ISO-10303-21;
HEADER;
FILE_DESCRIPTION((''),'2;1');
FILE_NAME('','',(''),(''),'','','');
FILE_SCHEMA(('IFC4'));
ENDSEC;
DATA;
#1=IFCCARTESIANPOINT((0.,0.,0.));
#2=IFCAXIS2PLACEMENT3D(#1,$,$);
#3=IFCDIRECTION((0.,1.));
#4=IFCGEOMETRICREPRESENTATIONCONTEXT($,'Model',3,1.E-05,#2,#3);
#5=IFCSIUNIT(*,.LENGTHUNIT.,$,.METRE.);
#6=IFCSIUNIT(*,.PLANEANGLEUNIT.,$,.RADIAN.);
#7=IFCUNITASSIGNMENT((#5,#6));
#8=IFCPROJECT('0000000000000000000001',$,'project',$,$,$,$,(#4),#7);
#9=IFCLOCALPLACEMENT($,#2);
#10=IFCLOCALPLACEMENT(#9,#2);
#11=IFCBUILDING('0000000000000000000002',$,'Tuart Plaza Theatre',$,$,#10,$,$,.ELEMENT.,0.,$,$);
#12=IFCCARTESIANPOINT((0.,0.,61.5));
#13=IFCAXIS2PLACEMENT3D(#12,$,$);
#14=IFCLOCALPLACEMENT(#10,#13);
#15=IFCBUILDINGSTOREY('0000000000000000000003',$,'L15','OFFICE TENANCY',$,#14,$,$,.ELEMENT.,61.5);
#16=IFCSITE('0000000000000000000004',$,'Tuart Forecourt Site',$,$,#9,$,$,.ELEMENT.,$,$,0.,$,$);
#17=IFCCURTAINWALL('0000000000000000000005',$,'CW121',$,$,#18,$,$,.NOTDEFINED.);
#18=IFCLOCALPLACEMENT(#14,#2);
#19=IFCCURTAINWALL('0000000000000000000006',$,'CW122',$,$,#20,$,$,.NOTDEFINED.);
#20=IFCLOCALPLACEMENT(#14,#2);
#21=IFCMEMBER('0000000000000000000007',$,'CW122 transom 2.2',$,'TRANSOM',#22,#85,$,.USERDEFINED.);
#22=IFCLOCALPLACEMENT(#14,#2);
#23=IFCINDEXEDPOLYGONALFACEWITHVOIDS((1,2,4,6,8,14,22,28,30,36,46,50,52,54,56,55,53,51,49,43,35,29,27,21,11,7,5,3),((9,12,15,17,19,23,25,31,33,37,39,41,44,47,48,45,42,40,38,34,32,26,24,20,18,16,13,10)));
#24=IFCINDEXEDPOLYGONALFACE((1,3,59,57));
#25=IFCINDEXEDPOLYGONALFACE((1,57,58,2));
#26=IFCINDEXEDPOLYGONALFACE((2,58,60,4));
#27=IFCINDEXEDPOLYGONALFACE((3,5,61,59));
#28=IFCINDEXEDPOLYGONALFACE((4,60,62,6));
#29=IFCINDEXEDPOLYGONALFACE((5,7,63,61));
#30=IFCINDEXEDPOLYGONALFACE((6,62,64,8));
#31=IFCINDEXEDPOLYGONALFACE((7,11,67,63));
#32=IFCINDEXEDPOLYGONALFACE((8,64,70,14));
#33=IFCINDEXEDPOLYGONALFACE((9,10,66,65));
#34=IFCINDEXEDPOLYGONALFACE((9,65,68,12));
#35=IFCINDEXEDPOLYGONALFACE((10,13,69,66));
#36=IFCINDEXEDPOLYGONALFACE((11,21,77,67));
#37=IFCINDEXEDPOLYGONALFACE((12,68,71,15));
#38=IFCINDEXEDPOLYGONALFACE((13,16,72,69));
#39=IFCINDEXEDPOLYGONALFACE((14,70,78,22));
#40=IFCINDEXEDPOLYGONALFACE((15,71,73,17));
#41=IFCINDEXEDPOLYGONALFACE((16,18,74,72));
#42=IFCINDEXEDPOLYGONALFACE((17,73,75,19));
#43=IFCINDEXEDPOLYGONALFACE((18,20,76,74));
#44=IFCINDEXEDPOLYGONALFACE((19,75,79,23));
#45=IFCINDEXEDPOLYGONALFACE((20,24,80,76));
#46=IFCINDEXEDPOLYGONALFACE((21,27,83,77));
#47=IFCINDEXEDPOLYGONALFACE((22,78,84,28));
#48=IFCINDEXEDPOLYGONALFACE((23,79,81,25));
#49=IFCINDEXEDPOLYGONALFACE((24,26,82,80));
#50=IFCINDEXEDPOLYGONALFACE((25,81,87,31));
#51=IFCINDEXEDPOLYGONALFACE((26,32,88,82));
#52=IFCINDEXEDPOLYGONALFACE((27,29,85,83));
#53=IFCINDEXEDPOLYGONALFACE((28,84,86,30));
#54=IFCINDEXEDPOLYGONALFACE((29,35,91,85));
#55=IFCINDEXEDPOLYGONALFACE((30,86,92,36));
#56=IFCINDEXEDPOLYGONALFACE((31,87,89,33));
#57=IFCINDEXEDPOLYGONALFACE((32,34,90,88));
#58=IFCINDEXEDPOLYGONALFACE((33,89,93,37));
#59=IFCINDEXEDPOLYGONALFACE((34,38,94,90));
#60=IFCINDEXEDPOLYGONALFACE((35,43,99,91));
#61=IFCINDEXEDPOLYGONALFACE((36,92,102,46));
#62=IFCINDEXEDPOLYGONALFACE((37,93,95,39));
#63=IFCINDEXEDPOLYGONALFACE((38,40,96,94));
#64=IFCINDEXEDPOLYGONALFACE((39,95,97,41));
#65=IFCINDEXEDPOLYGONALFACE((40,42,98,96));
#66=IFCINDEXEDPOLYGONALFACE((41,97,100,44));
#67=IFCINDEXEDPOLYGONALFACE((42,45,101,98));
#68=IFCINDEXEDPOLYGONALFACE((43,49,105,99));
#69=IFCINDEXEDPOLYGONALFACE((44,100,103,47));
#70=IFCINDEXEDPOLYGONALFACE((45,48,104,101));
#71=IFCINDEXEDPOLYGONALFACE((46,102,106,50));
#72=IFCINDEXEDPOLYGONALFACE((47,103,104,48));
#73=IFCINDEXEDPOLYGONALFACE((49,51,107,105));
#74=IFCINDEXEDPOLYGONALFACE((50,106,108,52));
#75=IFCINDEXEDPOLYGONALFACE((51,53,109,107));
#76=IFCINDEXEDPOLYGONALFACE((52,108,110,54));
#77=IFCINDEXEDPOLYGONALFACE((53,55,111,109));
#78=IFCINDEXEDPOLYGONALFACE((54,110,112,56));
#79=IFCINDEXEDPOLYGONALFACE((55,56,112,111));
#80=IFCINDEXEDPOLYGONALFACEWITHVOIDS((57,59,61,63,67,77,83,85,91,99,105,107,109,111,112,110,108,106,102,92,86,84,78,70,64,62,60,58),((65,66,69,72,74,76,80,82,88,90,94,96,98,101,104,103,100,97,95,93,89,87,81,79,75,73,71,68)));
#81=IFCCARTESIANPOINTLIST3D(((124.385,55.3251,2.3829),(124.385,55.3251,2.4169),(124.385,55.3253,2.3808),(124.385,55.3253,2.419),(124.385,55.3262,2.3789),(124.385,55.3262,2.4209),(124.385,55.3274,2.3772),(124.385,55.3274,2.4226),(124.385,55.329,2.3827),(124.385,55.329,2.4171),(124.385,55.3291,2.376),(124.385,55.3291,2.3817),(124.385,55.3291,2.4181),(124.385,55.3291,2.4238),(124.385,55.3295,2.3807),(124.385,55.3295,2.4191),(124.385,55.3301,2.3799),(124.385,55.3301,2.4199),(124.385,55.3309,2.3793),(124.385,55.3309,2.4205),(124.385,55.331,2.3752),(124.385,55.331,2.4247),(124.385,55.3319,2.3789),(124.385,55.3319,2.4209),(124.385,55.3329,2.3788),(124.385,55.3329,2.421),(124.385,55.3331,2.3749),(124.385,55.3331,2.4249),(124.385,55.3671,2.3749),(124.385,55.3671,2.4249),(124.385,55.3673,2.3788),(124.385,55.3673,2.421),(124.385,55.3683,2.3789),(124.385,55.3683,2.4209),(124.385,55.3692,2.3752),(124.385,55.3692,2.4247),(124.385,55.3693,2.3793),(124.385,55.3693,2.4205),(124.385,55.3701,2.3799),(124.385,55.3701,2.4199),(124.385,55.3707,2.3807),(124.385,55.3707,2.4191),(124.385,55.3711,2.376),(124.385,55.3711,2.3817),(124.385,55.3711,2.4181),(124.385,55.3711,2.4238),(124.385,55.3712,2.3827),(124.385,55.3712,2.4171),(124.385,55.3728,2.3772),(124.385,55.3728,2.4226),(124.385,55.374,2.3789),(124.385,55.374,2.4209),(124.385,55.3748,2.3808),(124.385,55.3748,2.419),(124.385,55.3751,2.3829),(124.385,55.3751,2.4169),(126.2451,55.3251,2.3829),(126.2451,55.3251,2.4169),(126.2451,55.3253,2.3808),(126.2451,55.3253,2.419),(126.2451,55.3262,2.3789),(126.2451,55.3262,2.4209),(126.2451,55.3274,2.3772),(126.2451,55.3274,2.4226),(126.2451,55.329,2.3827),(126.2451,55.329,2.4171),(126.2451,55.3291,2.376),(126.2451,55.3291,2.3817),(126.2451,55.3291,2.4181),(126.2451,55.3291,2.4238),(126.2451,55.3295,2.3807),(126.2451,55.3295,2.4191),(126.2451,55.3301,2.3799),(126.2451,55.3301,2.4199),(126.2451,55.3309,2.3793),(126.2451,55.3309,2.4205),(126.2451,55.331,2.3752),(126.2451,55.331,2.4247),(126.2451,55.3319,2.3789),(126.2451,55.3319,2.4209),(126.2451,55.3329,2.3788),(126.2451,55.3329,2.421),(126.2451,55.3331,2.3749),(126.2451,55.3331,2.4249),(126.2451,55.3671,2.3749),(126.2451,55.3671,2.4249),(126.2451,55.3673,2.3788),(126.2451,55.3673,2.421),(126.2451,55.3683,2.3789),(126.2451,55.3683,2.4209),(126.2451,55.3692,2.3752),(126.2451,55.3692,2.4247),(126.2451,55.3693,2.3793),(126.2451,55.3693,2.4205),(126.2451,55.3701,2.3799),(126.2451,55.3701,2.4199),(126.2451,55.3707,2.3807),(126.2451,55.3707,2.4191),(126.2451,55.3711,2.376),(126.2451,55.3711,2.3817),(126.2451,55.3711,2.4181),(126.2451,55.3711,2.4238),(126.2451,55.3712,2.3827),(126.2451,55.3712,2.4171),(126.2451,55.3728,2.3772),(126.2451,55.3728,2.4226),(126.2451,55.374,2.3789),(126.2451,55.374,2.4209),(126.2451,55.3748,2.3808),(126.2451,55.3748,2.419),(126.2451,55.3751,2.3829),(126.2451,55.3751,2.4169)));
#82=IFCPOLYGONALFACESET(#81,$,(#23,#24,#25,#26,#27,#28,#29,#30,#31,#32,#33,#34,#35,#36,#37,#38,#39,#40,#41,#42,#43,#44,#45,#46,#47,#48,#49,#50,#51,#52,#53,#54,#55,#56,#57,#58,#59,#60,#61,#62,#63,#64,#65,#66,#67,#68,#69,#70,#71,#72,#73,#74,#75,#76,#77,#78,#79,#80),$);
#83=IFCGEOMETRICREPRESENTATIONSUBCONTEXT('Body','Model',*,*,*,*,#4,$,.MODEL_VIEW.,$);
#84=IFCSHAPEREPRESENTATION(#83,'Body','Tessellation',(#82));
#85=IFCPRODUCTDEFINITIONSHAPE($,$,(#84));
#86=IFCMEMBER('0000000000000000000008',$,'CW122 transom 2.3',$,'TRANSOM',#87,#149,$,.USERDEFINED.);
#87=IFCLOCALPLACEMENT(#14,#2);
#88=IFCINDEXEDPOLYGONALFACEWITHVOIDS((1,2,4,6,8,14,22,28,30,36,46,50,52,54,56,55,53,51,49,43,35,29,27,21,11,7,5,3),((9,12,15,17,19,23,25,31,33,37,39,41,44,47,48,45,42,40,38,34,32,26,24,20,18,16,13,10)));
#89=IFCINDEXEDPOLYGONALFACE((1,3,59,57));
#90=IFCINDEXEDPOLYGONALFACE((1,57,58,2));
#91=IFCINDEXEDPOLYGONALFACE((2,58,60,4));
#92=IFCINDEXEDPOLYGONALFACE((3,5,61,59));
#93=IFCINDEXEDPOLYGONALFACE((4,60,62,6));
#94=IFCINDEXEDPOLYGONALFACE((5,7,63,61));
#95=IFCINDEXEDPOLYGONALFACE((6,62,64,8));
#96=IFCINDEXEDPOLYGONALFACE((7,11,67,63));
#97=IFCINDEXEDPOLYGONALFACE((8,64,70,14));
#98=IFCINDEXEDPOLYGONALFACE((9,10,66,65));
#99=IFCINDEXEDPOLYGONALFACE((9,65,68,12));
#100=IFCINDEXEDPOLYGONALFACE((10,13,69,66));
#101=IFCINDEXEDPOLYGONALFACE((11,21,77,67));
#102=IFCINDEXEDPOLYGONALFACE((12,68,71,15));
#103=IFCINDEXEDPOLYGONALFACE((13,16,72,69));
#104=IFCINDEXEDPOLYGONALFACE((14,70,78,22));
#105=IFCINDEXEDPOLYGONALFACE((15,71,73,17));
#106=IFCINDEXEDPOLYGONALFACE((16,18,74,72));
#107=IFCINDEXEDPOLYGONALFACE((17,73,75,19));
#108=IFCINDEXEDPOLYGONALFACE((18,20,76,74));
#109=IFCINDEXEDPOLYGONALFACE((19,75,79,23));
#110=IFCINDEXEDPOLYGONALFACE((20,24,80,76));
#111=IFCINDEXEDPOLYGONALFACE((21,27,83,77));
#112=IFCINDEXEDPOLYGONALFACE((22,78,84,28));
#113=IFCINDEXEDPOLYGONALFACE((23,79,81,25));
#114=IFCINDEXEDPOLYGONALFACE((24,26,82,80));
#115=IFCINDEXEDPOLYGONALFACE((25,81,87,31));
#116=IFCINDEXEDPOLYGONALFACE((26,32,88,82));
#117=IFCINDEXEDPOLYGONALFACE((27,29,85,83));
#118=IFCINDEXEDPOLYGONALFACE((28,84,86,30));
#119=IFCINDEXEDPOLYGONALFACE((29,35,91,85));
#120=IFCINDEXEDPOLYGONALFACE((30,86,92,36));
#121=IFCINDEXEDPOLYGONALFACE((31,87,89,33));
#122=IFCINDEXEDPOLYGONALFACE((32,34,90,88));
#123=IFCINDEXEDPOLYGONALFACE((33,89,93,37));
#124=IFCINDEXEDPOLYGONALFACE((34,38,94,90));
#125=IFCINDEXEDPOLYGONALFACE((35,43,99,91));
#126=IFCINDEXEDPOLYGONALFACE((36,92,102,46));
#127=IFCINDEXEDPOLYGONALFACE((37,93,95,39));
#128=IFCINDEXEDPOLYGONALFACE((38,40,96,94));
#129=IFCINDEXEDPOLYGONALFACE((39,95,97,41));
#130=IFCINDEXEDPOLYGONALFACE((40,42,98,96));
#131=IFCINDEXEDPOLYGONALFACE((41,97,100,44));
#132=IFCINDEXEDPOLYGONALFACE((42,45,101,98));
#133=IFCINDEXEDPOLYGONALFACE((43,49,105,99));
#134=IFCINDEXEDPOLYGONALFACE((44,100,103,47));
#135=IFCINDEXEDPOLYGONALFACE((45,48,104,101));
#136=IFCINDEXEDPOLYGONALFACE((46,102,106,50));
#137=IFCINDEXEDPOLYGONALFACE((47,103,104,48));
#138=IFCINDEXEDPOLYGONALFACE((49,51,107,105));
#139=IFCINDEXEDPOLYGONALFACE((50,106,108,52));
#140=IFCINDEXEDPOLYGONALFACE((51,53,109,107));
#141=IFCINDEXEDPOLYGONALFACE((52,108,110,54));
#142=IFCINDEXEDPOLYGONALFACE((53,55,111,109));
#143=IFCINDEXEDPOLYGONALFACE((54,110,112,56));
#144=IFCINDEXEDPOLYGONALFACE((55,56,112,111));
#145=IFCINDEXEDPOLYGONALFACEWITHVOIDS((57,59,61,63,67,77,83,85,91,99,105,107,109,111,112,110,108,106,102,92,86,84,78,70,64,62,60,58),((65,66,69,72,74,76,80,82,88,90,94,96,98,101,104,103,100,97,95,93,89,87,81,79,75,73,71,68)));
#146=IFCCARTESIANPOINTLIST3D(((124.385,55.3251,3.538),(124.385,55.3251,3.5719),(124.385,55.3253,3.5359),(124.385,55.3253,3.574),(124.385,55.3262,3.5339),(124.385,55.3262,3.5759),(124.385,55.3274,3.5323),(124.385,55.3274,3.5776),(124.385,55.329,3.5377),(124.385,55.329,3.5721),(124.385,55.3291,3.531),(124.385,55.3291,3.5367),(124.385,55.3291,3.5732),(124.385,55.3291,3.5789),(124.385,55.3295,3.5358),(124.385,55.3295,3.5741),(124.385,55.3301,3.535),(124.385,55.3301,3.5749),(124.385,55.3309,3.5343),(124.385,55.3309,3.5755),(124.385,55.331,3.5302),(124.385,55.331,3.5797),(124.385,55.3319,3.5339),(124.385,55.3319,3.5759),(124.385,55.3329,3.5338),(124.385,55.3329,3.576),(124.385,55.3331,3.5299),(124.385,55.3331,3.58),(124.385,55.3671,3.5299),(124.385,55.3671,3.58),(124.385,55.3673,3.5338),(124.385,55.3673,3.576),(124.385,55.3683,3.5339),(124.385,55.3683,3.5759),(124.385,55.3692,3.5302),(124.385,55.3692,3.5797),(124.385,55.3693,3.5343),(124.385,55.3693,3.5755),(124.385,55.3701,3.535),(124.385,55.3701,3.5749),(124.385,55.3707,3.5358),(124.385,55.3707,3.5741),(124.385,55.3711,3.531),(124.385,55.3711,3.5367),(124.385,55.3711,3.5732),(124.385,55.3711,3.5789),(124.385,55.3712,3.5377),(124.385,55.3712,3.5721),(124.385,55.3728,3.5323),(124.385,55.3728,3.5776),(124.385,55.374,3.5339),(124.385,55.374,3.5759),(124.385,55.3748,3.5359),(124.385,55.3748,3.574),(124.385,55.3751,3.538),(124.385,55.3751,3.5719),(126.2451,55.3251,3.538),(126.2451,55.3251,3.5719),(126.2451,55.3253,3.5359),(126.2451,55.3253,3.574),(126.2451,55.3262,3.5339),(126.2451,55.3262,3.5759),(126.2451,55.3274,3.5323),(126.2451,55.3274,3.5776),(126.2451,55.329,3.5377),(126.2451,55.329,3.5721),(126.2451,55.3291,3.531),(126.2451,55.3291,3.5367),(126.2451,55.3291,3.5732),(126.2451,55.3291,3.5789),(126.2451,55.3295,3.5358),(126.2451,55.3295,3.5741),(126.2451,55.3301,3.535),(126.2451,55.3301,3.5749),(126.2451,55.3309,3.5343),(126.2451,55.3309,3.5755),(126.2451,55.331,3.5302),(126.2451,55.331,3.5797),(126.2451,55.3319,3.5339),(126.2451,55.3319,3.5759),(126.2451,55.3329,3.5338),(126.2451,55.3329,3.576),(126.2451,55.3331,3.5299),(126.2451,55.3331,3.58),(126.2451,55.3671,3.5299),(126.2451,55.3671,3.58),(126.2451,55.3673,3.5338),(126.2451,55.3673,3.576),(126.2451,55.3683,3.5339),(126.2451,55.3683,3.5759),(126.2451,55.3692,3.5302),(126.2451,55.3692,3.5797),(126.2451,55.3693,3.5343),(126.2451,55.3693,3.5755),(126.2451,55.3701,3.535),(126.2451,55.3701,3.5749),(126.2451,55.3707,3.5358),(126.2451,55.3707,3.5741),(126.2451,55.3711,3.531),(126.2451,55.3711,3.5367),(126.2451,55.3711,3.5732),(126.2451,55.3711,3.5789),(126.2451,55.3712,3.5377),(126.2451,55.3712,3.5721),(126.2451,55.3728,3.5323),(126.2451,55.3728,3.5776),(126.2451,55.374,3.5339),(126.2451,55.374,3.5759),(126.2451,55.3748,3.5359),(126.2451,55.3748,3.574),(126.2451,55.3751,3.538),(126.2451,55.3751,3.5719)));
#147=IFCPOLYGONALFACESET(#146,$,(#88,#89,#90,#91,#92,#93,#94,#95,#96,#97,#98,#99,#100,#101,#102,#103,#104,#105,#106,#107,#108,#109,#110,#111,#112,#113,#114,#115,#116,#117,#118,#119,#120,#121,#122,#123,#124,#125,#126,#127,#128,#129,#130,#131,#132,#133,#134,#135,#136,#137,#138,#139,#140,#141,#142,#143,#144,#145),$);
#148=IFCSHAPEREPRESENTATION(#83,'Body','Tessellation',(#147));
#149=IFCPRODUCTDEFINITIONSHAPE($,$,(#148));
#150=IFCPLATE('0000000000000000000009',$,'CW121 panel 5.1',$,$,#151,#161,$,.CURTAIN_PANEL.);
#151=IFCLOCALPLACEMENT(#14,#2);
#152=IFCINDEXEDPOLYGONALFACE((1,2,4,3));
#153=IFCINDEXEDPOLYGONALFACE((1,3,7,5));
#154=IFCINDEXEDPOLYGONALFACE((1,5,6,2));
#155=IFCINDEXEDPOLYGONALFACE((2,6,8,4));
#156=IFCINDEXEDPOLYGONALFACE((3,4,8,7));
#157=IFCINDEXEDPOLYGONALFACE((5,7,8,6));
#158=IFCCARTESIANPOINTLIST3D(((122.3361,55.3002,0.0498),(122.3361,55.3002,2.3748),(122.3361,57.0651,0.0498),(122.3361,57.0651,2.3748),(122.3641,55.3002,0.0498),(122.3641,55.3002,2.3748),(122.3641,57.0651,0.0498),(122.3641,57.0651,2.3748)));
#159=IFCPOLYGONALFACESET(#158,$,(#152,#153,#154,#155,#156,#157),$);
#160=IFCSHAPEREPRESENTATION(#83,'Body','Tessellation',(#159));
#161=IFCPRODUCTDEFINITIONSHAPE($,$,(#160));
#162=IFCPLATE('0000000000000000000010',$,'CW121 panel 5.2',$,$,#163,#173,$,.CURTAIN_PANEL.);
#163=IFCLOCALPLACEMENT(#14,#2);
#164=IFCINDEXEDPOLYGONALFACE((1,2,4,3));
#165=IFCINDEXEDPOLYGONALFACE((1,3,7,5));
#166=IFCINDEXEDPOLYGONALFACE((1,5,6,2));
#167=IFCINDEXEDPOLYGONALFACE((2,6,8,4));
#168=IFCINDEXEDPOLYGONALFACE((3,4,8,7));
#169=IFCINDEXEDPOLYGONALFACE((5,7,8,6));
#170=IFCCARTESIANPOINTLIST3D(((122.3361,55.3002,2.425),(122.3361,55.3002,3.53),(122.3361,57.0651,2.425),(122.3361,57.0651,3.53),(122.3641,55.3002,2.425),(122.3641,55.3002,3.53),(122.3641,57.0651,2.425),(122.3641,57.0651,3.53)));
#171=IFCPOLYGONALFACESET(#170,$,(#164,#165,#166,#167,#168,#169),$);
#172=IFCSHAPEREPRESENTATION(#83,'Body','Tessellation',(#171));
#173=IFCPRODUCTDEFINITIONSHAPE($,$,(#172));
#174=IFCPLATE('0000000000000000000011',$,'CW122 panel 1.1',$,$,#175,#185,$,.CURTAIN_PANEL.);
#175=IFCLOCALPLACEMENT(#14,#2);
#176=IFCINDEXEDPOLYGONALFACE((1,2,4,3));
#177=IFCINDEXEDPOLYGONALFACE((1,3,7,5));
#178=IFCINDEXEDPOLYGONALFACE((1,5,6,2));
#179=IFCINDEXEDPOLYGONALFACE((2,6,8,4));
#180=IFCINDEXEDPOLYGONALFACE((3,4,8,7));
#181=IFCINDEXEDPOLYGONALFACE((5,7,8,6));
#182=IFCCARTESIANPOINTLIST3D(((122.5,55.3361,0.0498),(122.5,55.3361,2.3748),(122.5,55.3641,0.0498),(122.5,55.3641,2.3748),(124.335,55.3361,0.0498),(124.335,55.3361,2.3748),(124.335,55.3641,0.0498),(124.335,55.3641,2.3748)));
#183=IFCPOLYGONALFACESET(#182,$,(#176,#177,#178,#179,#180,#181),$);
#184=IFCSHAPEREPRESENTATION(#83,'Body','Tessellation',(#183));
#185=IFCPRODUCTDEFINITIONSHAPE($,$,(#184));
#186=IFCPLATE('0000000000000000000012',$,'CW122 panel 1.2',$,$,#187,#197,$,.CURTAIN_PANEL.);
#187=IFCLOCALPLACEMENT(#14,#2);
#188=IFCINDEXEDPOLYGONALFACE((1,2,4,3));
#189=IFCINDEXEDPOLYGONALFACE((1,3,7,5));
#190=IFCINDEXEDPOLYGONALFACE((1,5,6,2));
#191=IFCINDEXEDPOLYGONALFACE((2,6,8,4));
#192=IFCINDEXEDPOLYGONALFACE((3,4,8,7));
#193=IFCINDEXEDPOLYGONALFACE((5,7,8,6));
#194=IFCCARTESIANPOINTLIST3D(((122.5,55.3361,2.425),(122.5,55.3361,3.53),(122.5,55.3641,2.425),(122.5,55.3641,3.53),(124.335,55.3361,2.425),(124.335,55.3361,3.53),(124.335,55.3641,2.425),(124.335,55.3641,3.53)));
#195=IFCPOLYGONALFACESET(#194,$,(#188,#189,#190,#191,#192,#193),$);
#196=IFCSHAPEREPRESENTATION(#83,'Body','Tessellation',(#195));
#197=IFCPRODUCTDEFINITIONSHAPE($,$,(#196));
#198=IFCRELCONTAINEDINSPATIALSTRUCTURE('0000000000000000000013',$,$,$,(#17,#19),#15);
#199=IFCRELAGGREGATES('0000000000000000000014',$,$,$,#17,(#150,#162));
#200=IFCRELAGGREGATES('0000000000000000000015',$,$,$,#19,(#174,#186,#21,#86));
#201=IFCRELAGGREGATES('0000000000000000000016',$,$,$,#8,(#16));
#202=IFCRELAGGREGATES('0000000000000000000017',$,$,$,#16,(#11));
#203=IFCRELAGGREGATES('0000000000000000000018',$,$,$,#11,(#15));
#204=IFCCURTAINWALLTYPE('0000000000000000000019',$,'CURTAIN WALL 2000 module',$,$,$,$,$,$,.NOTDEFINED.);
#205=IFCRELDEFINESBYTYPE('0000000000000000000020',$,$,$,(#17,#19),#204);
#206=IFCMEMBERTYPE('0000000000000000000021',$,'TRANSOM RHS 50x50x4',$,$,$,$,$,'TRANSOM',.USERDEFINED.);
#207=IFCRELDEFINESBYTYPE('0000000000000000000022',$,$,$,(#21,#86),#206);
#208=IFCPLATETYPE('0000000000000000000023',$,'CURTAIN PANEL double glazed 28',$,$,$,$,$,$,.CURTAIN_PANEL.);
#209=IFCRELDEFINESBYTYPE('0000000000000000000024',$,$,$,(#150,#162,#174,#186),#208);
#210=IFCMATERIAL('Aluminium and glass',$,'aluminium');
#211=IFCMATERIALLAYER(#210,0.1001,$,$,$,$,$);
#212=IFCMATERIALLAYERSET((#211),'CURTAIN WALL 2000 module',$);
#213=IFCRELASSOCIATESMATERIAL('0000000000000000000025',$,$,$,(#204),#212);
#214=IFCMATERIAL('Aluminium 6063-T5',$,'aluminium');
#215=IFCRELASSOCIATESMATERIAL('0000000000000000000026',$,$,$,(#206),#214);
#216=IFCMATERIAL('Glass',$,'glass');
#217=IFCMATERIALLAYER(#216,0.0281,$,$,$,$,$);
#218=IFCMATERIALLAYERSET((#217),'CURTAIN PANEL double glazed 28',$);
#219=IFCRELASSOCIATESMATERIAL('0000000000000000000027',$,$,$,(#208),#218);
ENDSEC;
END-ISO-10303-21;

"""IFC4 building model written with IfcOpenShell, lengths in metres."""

from ifc_helpers import new_model, si_unit, direction, frame, origin, origin_2d, place, context, subcontext, project, spatial, rectangle, hollow_rectangle, extrude, material, layer, layer_set, material_profile, profile_set, type_object, element, aggregate, save


model = new_model("IFC4")

# Units and contexts
model_context = context("Model", 3, precision=1e-05, world=origin(), true_north=direction((0.0, 1.0)))
body_context = subcontext(model_context, "Body", "Model", "MODEL_VIEW")
ifc_project = project(units=[si_unit("LENGTHUNIT", "METRE"), si_unit("PLANEANGLEUNIT", "RADIAN")], contexts=[model_context])

# Site, building, storey
site_placement = place(None, origin())
site = spatial("IfcSite", under=ifc_project, at=site_placement, Name="Tuart Forecourt Site", CompositionType="ELEMENT", RefElevation=0.0)
building_placement = place(site_placement, origin())
building = spatial("IfcBuilding", under=site, at=building_placement, Name="Tuart Plaza Theatre", CompositionType="ELEMENT", ElevationOfRefHeight=0.0)
storey_placement = place(building_placement, frame((0.0, 0.0, 61.5)))
storey = spatial("IfcBuildingStorey", under=building, at=storey_placement, Name="L15", Description="OFFICE TENANCY", CompositionType="ELEMENT", Elevation=61.5)

# Curtain wall
ifc_material_1 = material(Name="Aluminium and glass", Category="aluminium")
ifc_layer_1 = layer(ifc_material_1, 0.1001)
ifc_layer_set_1 = layer_set([ifc_layer_1], Name="CURTAIN WALL 2000 module")
curtain_wall_type = type_object("IfcCurtainWallType", Name="CURTAIN WALL 2000 module", PredefinedType="NOTDEFINED", material=ifc_layer_set_1)
curtain_wall_1_placement = place(storey_placement, origin())
curtain_wall_1 = element("IfcCurtainWall", 1, at=curtain_wall_1_placement, inside=storey, type_object=curtain_wall_type, Name="CW121", PredefinedType="NOTDEFINED")

# Curtain wall
curtain_wall_2_placement = place(storey_placement, origin())
curtain_wall_2 = element("IfcCurtainWall", 2, at=curtain_wall_2_placement, inside=storey, type_object=curtain_wall_type, Name="CW122", PredefinedType="NOTDEFINED")

# Members
ifc_material_2 = material(Name="Aluminium 6063-T5", Category="aluminium")
ifc_material_profile_1 = material_profile(ifc_material_2, hollow_rectangle(XDim=0.05, YDim=0.05, WallThickness=0.0039, InnerFilletRadius=0.0039, OuterFilletRadius=0.0081, at=origin_2d()), Name="RHS 50x50x4")
ifc_profile_set_1 = profile_set([ifc_material_profile_1], Name="Aluminium 6063-T5")
member_type_1 = type_object("IfcMemberType", Name="TRANSOM RHS 50x50x4", ElementType="TRANSOM", PredefinedType="USERDEFINED", material=ifc_profile_set_1)
member_1_placement = place(storey_placement, frame((124.385, 55.3501, 2.3999), z_axis=(1.0, 0.0, 0.0), x_axis=(0.0, 1.0, 0.0)))
member_1 = element("IfcMember", 3, at=member_1_placement, type_object=member_type_1, Name="CW122 transom 2.2", ObjectType="TRANSOM", PredefinedType="USERDEFINED", context=body_context, shape_type="SweptSolid", body=[
    extrude(hollow_rectangle(XDim=0.05, YDim=0.05, WallThickness=0.0039, InnerFilletRadius=0.0039, OuterFilletRadius=0.0081, at=origin_2d()), origin(), (0.0, 0.0, 1.0), 1.8601),
])
member_2_placement = place(storey_placement, frame((124.385, 55.3501, 3.5549), z_axis=(1.0, 0.0, 0.0), x_axis=(0.0, 1.0, 0.0)))
member_2 = element("IfcMember", 4, at=member_2_placement, type_object=member_type_1, Name="CW122 transom 2.3", ObjectType="TRANSOM", PredefinedType="USERDEFINED", context=body_context, shape_type="SweptSolid", body=[
    extrude(hollow_rectangle(XDim=0.05, YDim=0.05, WallThickness=0.0039, InnerFilletRadius=0.0039, OuterFilletRadius=0.0081, at=origin_2d()), origin(), (0.0, 0.0, 1.0), 1.8601),
])

# Plates
ifc_material_3 = material(Name="Glass", Category="glass")
ifc_layer_2 = layer(ifc_material_3, 0.0281)
ifc_layer_set_2 = layer_set([ifc_layer_2], Name="CURTAIN PANEL double glazed 28")
plate_type = type_object("IfcPlateType", Name="CURTAIN PANEL double glazed 28", PredefinedType="CURTAIN_PANEL", material=ifc_layer_set_2)
plate_1_placement = place(storey_placement, frame((122.3501, 56.1826, 0.0498), z_axis=(0.0, 0.0, 1.0), x_axis=(0.0, -1.0, 0.0)))
plate_1 = element("IfcPlate", 5, at=plate_1_placement, type_object=plate_type, Name="CW121 panel 5.1", PredefinedType="CURTAIN_PANEL", context=body_context, shape_type="SweptSolid", body=[
    extrude(rectangle(XDim=1.7649, YDim=0.0281, at=origin_2d()), origin(), (0.0, 0.0, 1.0), 2.325),
])
plate_2_placement = place(storey_placement, frame((122.3501, 56.1826, 2.425), z_axis=(0.0, 0.0, 1.0), x_axis=(0.0, -1.0, 0.0)))
plate_2 = element("IfcPlate", 6, at=plate_2_placement, type_object=plate_type, Name="CW121 panel 5.2", PredefinedType="CURTAIN_PANEL", context=body_context, shape_type="SweptSolid", body=[
    extrude(rectangle(XDim=1.7649, YDim=0.0281, at=origin_2d()), origin(), (0.0, 0.0, 1.0), 1.105),
])
aggregate(curtain_wall_1, [plate_1, plate_2])
plate_3_placement = place(storey_placement, frame((123.4175, 55.3501, 0.0498), z_axis=(0.0, 0.0, 1.0), x_axis=(1.0, 0.0, 0.0)))
plate_3 = element("IfcPlate", 7, at=plate_3_placement, type_object=plate_type, Name="CW122 panel 1.1", PredefinedType="CURTAIN_PANEL", context=body_context, shape_type="SweptSolid", body=[
    extrude(rectangle(XDim=1.835, YDim=0.0281, at=origin_2d()), origin(), (0.0, 0.0, 1.0), 2.325),
])
plate_4_placement = place(storey_placement, frame((123.4175, 55.3501, 2.425), z_axis=(0.0, 0.0, 1.0), x_axis=(1.0, 0.0, 0.0)))
plate_4 = element("IfcPlate", 8, at=plate_4_placement, type_object=plate_type, Name="CW122 panel 1.2", PredefinedType="CURTAIN_PANEL", context=body_context, shape_type="SweptSolid", body=[
    extrude(rectangle(XDim=1.835, YDim=0.0281, at=origin_2d()), origin(), (0.0, 0.0, 1.0), 1.105),
])
aggregate(curtain_wall_2, [plate_3, plate_4, member_1, member_2])

save(model, "model.ifc")
